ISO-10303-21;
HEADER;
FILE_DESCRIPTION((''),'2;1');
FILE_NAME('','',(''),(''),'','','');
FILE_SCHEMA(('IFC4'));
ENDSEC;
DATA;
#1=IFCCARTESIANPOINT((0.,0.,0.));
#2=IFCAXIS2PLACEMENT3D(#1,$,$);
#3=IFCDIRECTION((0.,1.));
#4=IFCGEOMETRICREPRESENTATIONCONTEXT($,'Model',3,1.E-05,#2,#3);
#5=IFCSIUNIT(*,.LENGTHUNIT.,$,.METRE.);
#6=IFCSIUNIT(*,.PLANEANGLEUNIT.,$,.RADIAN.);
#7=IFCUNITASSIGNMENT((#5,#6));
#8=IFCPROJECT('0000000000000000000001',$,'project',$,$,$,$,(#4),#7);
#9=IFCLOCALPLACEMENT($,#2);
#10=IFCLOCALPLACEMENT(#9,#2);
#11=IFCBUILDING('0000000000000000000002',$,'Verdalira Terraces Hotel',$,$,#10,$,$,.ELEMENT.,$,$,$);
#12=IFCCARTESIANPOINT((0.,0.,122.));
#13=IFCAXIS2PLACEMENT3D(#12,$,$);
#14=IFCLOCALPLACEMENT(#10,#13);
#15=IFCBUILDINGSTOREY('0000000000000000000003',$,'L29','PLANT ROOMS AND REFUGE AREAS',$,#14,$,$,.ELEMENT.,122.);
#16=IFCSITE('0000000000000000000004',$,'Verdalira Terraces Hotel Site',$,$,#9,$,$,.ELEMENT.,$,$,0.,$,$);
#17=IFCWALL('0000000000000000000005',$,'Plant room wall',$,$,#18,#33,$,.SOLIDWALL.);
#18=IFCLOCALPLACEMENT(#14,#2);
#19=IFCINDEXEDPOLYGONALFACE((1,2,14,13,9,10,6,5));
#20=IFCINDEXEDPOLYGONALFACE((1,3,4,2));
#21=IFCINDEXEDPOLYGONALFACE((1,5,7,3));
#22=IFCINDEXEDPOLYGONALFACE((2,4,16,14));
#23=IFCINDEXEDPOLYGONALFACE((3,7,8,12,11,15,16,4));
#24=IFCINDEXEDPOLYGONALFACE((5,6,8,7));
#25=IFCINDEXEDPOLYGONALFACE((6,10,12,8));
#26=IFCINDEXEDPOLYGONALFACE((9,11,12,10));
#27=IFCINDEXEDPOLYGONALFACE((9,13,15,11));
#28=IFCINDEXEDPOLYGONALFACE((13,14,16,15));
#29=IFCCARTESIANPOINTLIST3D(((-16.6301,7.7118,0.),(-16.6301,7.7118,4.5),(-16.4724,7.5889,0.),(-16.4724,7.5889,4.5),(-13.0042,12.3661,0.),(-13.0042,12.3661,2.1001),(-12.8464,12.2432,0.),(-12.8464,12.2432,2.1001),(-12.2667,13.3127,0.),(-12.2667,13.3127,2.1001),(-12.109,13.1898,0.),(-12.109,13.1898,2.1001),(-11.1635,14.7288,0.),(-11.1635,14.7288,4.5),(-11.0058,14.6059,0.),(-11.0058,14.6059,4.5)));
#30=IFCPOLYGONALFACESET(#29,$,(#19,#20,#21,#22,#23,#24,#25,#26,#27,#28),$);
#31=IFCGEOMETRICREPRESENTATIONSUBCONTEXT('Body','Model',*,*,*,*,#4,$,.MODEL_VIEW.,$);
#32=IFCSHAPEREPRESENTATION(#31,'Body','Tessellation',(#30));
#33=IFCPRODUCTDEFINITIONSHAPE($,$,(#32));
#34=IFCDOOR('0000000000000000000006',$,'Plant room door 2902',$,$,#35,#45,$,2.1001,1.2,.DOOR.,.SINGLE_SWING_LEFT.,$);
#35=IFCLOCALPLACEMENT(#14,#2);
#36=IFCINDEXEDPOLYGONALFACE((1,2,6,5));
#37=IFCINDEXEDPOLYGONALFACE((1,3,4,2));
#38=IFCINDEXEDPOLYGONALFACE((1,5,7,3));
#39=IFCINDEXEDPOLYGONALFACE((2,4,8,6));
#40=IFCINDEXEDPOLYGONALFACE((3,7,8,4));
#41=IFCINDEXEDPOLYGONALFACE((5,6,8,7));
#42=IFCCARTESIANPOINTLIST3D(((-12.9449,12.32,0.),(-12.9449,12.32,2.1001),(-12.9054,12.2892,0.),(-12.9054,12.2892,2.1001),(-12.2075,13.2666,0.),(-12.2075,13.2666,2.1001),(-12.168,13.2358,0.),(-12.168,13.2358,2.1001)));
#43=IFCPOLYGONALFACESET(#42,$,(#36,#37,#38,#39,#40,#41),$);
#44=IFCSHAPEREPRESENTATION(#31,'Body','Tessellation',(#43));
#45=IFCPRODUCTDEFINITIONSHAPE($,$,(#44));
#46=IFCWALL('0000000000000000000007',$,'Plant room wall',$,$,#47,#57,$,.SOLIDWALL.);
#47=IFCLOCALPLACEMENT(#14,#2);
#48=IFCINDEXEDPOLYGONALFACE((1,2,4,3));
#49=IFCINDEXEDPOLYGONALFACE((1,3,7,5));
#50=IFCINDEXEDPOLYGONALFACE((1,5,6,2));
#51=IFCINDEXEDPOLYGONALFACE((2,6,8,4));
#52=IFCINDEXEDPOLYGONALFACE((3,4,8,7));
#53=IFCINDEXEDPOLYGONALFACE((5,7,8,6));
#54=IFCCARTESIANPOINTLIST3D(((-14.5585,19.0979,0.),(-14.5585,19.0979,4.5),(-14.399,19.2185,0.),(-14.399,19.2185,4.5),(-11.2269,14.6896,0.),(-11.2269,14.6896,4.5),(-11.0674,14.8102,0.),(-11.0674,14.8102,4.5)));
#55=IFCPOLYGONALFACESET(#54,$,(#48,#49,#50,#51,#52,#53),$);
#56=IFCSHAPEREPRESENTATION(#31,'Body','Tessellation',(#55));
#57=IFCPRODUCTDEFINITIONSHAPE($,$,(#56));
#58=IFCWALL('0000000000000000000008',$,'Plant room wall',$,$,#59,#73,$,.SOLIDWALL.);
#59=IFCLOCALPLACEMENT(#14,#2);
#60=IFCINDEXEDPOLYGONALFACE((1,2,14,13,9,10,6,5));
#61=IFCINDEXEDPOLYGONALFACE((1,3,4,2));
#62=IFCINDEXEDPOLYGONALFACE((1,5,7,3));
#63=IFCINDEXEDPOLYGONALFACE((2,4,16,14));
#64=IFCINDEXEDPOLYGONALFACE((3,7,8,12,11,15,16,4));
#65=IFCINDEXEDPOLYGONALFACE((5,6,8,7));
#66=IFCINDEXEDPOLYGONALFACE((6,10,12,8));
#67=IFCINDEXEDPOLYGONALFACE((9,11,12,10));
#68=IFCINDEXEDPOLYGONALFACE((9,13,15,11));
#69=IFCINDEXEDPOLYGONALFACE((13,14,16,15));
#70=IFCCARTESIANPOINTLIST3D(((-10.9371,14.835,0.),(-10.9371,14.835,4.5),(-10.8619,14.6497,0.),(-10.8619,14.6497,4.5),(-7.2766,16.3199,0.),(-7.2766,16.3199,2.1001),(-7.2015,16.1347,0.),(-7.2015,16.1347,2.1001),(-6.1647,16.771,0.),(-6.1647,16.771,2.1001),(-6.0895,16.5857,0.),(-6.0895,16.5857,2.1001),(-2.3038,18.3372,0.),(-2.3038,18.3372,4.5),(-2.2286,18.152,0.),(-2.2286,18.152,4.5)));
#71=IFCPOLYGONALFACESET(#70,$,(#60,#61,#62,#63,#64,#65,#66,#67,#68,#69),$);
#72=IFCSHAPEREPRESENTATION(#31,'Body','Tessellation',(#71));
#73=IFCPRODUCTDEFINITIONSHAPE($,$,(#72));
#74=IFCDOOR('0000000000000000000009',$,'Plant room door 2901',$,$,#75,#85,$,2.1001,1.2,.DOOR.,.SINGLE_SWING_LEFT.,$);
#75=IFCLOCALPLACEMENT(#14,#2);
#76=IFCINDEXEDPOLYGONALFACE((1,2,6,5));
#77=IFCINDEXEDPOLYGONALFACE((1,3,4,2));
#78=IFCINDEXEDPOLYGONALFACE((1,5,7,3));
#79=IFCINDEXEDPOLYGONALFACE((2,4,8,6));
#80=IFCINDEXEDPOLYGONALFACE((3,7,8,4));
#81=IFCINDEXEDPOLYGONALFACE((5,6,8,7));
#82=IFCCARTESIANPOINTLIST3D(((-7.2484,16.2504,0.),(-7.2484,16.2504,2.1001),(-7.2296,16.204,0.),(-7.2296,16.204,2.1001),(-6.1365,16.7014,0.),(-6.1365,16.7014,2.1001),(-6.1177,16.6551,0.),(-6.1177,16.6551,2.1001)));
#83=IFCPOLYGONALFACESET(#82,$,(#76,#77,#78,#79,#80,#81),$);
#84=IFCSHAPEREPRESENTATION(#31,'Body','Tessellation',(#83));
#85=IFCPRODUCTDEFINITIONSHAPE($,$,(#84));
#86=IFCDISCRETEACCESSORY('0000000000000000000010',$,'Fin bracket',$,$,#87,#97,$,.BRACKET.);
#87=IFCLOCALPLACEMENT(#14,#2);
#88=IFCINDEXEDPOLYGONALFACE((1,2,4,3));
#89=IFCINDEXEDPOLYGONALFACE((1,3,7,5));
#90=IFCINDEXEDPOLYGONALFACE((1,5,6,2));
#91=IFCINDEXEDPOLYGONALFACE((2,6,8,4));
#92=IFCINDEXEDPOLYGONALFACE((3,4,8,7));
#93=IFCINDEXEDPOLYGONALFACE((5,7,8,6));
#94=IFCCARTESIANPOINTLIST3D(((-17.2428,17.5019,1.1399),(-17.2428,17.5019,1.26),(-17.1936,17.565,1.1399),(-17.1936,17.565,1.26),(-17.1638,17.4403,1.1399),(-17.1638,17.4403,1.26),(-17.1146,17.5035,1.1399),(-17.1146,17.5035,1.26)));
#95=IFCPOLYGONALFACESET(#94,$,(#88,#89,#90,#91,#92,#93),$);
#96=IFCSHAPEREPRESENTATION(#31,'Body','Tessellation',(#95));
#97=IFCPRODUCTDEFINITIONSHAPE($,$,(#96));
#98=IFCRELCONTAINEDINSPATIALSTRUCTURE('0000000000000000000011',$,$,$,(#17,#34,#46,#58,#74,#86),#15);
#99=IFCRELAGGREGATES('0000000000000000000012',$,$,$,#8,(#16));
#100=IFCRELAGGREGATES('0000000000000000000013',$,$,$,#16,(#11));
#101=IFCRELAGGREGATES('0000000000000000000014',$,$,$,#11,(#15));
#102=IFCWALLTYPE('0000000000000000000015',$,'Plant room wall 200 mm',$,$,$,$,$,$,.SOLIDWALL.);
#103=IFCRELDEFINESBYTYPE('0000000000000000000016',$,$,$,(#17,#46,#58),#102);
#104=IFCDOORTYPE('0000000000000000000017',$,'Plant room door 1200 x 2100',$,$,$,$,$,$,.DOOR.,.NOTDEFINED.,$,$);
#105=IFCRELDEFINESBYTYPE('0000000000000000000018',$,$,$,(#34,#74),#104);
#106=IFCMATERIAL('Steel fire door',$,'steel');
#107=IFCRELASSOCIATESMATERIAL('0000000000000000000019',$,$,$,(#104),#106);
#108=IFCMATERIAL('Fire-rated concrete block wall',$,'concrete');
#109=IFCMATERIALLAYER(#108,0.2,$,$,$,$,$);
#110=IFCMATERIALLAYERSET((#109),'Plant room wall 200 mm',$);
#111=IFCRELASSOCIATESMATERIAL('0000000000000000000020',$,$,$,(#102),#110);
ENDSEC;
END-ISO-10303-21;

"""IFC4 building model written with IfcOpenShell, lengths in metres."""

from ifc_helpers import new_model, si_unit, direction, frame, frame_2d, origin, origin_2d, place, context, subcontext, project, spatial, rectangle, extrude, material, layer, layer_set, type_object, element, fill, save


model = new_model("IFC4")

# Units and contexts
model_context = context("Model", 3, precision=1e-05, world=origin(), true_north=direction((0.0, 1.0)))
body_context = subcontext(model_context, "Body", "Model", "MODEL_VIEW")
ifc_project = project(units=[si_unit("LENGTHUNIT", "METRE"), si_unit("PLANEANGLEUNIT", "RADIAN")], contexts=[model_context])

# Site, building, storey
site_placement = place(None, origin())
site = spatial("IfcSite", under=ifc_project, at=site_placement, Name="Verdalira Terraces Hotel Site", CompositionType="ELEMENT", RefElevation=0.0)
building_placement = place(site_placement, origin())
building = spatial("IfcBuilding", under=site, at=building_placement, Name="Verdalira Terraces Hotel", CompositionType="ELEMENT")
storey_placement = place(building_placement, frame((0.0, 0.0, 122.0)))
storey = spatial("IfcBuildingStorey", under=building, at=storey_placement, Name="L29", Description="PLANT ROOMS AND REFUGE AREAS", CompositionType="ELEMENT", Elevation=122.0)

# Shared definitions
ifc_material_1 = material(Name="Steel fire door", Category="steel")
door_type_1 = type_object("IfcDoorType", Name="Plant room door 1200 x 2100", OperationType="NOTDEFINED", PredefinedType="DOOR", material=ifc_material_1)

# Shared definitions
ifc_material_2 = material(Name="Fire-rated concrete block wall", Category="concrete")
ifc_layer_1 = layer(ifc_material_2, 0.2)
ifc_layer_set_1 = layer_set([ifc_layer_1], Name="Plant room wall 200 mm")
wall_type_1 = type_object("IfcWallType", Name="Plant room wall 200 mm", PredefinedType="SOLIDWALL", material=ifc_layer_set_1)

# Wall, opening, door
wall_1_placement = place(storey_placement, frame((-16.5513, 7.6504, 0.0), z_axis=(0.0, 0.0, 1.0), x_axis=(0.614571, 0.788861, 0.0)))
wall_1 = element("IfcWall", 1, at=wall_1_placement, inside=storey, type_object=wall_type_1, Name="Plant room wall", PredefinedType="SOLIDWALL", context=body_context, shape_type="SweptSolid", body=[
    extrude(rectangle(XDim=8.895, YDim=0.2, at=frame_2d((4.4475, 0.0))), origin(), (0.0, 0.0, 1.0), 4.5),
])
opening_1_placement = place(wall_1_placement, frame((5.8999, 0.0, 0.0)))
opening_1 = element("IfcOpeningElement", 2, at=opening_1_placement, cuts=wall_1, PredefinedType="OPENING", context=body_context, shape_type="SweptSolid", body=[
    extrude(rectangle(XDim=1.2, YDim=2.1001, at=frame_2d((0.6001, 1.05))), frame((0.0, 0.1099, 0.0), z_axis=(0.0, -1.0, 0.0), x_axis=(1.0, 0.0, 0.0)), (0.0, 0.0, 1.0), 0.22),
])
door_1_placement = place(opening_1_placement, origin())
door_1 = element("IfcDoor", 3, at=door_1_placement, inside=storey, type_object=door_type_1, Name="Plant room door 2902", OperationType="SINGLE_SWING_LEFT", OverallHeight=2.1001, OverallWidth=1.2, PredefinedType="DOOR", context=body_context, shape_type="SweptSolid", body=[
    extrude(rectangle(XDim=1.2, YDim=2.1001, at=frame_2d((0.6001, 1.05))), frame((0.0, 0.0249, 0.0), z_axis=(0.0, -1.0, 0.0), x_axis=(1.0, 0.0, 0.0)), (0.0, 0.0, 1.0), 0.05),
])
fill(opening_1, door_1)

# Wall
wall_2_placement = place(storey_placement, frame((-11.1472, 14.75, 0.0), z_axis=(0.0, 0.0, 1.0), x_axis=(-0.602937, 0.797789, 0.0)))
element("IfcWall", 4, at=wall_2_placement, inside=storey, type_object=wall_type_1, Name="Plant room wall", PredefinedType="SOLIDWALL", context=body_context, shape_type="SweptSolid", body=[
    extrude(rectangle(XDim=5.5256, YDim=0.2, at=frame_2d((2.7627, 0.0))), origin(), (0.0, 0.0, 1.0), 4.5),
])

# Wall, opening, door
wall_3_placement = place(storey_placement, frame((-10.8994, 14.7424, 0.0), z_axis=(0.0, 0.0, 1.0), x_axis=(0.926657, 0.375909, 0.0)))
wall_3 = element("IfcWall", 5, at=wall_3_placement, inside=storey, type_object=wall_type_1, Name="Plant room wall", PredefinedType="SOLIDWALL", context=body_context, shape_type="SweptSolid", body=[
    extrude(rectangle(XDim=9.3166, YDim=0.2, at=frame_2d((4.6582, 0.0))), origin(), (0.0, 0.0, 1.0), 4.5),
])
opening_2_placement = place(wall_3_placement, frame((3.95, 0.0, 0.0)))
opening_2 = element("IfcOpeningElement", 6, at=opening_2_placement, cuts=wall_3, PredefinedType="OPENING", context=body_context, shape_type="SweptSolid", body=[
    extrude(rectangle(XDim=1.2, YDim=2.1001, at=frame_2d((0.6001, 1.05))), frame((0.0, 0.1099, 0.0), z_axis=(0.0, -1.0, 0.0), x_axis=(1.0, 0.0, 0.0)), (0.0, 0.0, 1.0), 0.22),
])
door_2_placement = place(opening_2_placement, origin())
door_2 = element("IfcDoor", 7, at=door_2_placement, inside=storey, type_object=door_type_1, Name="Plant room door 2901", OperationType="SINGLE_SWING_LEFT", OverallHeight=2.1001, OverallWidth=1.2, PredefinedType="DOOR", context=body_context, shape_type="SweptSolid", body=[
    extrude(rectangle(XDim=1.2, YDim=2.1001, at=frame_2d((0.6001, 1.05))), frame((0.0, 0.0249, 0.0), z_axis=(0.0, -1.0, 0.0), x_axis=(1.0, 0.0, 0.0)), (0.0, 0.0, 1.0), 0.05),
])
fill(opening_2, door_2)

# Discrete accessory
discrete_accessory_placement = place(storey_placement, frame((-17.1787, 17.5027, 1.1399), z_axis=(0.0, 0.0, 1.0), x_axis=(-0.614561, -0.78887, 0.0)))
element("IfcDiscreteAccessory", 8, at=discrete_accessory_placement, inside=storey, Name="Fin bracket", PredefinedType="BRACKET", context=body_context, shape_type="SweptSolid", body=[
    extrude(rectangle(XDim=0.0801, YDim=0.1001, at=origin_2d()), origin(), (0.0, 0.0, 1.0), 0.1201),
])

save(model, "model.ifc")
